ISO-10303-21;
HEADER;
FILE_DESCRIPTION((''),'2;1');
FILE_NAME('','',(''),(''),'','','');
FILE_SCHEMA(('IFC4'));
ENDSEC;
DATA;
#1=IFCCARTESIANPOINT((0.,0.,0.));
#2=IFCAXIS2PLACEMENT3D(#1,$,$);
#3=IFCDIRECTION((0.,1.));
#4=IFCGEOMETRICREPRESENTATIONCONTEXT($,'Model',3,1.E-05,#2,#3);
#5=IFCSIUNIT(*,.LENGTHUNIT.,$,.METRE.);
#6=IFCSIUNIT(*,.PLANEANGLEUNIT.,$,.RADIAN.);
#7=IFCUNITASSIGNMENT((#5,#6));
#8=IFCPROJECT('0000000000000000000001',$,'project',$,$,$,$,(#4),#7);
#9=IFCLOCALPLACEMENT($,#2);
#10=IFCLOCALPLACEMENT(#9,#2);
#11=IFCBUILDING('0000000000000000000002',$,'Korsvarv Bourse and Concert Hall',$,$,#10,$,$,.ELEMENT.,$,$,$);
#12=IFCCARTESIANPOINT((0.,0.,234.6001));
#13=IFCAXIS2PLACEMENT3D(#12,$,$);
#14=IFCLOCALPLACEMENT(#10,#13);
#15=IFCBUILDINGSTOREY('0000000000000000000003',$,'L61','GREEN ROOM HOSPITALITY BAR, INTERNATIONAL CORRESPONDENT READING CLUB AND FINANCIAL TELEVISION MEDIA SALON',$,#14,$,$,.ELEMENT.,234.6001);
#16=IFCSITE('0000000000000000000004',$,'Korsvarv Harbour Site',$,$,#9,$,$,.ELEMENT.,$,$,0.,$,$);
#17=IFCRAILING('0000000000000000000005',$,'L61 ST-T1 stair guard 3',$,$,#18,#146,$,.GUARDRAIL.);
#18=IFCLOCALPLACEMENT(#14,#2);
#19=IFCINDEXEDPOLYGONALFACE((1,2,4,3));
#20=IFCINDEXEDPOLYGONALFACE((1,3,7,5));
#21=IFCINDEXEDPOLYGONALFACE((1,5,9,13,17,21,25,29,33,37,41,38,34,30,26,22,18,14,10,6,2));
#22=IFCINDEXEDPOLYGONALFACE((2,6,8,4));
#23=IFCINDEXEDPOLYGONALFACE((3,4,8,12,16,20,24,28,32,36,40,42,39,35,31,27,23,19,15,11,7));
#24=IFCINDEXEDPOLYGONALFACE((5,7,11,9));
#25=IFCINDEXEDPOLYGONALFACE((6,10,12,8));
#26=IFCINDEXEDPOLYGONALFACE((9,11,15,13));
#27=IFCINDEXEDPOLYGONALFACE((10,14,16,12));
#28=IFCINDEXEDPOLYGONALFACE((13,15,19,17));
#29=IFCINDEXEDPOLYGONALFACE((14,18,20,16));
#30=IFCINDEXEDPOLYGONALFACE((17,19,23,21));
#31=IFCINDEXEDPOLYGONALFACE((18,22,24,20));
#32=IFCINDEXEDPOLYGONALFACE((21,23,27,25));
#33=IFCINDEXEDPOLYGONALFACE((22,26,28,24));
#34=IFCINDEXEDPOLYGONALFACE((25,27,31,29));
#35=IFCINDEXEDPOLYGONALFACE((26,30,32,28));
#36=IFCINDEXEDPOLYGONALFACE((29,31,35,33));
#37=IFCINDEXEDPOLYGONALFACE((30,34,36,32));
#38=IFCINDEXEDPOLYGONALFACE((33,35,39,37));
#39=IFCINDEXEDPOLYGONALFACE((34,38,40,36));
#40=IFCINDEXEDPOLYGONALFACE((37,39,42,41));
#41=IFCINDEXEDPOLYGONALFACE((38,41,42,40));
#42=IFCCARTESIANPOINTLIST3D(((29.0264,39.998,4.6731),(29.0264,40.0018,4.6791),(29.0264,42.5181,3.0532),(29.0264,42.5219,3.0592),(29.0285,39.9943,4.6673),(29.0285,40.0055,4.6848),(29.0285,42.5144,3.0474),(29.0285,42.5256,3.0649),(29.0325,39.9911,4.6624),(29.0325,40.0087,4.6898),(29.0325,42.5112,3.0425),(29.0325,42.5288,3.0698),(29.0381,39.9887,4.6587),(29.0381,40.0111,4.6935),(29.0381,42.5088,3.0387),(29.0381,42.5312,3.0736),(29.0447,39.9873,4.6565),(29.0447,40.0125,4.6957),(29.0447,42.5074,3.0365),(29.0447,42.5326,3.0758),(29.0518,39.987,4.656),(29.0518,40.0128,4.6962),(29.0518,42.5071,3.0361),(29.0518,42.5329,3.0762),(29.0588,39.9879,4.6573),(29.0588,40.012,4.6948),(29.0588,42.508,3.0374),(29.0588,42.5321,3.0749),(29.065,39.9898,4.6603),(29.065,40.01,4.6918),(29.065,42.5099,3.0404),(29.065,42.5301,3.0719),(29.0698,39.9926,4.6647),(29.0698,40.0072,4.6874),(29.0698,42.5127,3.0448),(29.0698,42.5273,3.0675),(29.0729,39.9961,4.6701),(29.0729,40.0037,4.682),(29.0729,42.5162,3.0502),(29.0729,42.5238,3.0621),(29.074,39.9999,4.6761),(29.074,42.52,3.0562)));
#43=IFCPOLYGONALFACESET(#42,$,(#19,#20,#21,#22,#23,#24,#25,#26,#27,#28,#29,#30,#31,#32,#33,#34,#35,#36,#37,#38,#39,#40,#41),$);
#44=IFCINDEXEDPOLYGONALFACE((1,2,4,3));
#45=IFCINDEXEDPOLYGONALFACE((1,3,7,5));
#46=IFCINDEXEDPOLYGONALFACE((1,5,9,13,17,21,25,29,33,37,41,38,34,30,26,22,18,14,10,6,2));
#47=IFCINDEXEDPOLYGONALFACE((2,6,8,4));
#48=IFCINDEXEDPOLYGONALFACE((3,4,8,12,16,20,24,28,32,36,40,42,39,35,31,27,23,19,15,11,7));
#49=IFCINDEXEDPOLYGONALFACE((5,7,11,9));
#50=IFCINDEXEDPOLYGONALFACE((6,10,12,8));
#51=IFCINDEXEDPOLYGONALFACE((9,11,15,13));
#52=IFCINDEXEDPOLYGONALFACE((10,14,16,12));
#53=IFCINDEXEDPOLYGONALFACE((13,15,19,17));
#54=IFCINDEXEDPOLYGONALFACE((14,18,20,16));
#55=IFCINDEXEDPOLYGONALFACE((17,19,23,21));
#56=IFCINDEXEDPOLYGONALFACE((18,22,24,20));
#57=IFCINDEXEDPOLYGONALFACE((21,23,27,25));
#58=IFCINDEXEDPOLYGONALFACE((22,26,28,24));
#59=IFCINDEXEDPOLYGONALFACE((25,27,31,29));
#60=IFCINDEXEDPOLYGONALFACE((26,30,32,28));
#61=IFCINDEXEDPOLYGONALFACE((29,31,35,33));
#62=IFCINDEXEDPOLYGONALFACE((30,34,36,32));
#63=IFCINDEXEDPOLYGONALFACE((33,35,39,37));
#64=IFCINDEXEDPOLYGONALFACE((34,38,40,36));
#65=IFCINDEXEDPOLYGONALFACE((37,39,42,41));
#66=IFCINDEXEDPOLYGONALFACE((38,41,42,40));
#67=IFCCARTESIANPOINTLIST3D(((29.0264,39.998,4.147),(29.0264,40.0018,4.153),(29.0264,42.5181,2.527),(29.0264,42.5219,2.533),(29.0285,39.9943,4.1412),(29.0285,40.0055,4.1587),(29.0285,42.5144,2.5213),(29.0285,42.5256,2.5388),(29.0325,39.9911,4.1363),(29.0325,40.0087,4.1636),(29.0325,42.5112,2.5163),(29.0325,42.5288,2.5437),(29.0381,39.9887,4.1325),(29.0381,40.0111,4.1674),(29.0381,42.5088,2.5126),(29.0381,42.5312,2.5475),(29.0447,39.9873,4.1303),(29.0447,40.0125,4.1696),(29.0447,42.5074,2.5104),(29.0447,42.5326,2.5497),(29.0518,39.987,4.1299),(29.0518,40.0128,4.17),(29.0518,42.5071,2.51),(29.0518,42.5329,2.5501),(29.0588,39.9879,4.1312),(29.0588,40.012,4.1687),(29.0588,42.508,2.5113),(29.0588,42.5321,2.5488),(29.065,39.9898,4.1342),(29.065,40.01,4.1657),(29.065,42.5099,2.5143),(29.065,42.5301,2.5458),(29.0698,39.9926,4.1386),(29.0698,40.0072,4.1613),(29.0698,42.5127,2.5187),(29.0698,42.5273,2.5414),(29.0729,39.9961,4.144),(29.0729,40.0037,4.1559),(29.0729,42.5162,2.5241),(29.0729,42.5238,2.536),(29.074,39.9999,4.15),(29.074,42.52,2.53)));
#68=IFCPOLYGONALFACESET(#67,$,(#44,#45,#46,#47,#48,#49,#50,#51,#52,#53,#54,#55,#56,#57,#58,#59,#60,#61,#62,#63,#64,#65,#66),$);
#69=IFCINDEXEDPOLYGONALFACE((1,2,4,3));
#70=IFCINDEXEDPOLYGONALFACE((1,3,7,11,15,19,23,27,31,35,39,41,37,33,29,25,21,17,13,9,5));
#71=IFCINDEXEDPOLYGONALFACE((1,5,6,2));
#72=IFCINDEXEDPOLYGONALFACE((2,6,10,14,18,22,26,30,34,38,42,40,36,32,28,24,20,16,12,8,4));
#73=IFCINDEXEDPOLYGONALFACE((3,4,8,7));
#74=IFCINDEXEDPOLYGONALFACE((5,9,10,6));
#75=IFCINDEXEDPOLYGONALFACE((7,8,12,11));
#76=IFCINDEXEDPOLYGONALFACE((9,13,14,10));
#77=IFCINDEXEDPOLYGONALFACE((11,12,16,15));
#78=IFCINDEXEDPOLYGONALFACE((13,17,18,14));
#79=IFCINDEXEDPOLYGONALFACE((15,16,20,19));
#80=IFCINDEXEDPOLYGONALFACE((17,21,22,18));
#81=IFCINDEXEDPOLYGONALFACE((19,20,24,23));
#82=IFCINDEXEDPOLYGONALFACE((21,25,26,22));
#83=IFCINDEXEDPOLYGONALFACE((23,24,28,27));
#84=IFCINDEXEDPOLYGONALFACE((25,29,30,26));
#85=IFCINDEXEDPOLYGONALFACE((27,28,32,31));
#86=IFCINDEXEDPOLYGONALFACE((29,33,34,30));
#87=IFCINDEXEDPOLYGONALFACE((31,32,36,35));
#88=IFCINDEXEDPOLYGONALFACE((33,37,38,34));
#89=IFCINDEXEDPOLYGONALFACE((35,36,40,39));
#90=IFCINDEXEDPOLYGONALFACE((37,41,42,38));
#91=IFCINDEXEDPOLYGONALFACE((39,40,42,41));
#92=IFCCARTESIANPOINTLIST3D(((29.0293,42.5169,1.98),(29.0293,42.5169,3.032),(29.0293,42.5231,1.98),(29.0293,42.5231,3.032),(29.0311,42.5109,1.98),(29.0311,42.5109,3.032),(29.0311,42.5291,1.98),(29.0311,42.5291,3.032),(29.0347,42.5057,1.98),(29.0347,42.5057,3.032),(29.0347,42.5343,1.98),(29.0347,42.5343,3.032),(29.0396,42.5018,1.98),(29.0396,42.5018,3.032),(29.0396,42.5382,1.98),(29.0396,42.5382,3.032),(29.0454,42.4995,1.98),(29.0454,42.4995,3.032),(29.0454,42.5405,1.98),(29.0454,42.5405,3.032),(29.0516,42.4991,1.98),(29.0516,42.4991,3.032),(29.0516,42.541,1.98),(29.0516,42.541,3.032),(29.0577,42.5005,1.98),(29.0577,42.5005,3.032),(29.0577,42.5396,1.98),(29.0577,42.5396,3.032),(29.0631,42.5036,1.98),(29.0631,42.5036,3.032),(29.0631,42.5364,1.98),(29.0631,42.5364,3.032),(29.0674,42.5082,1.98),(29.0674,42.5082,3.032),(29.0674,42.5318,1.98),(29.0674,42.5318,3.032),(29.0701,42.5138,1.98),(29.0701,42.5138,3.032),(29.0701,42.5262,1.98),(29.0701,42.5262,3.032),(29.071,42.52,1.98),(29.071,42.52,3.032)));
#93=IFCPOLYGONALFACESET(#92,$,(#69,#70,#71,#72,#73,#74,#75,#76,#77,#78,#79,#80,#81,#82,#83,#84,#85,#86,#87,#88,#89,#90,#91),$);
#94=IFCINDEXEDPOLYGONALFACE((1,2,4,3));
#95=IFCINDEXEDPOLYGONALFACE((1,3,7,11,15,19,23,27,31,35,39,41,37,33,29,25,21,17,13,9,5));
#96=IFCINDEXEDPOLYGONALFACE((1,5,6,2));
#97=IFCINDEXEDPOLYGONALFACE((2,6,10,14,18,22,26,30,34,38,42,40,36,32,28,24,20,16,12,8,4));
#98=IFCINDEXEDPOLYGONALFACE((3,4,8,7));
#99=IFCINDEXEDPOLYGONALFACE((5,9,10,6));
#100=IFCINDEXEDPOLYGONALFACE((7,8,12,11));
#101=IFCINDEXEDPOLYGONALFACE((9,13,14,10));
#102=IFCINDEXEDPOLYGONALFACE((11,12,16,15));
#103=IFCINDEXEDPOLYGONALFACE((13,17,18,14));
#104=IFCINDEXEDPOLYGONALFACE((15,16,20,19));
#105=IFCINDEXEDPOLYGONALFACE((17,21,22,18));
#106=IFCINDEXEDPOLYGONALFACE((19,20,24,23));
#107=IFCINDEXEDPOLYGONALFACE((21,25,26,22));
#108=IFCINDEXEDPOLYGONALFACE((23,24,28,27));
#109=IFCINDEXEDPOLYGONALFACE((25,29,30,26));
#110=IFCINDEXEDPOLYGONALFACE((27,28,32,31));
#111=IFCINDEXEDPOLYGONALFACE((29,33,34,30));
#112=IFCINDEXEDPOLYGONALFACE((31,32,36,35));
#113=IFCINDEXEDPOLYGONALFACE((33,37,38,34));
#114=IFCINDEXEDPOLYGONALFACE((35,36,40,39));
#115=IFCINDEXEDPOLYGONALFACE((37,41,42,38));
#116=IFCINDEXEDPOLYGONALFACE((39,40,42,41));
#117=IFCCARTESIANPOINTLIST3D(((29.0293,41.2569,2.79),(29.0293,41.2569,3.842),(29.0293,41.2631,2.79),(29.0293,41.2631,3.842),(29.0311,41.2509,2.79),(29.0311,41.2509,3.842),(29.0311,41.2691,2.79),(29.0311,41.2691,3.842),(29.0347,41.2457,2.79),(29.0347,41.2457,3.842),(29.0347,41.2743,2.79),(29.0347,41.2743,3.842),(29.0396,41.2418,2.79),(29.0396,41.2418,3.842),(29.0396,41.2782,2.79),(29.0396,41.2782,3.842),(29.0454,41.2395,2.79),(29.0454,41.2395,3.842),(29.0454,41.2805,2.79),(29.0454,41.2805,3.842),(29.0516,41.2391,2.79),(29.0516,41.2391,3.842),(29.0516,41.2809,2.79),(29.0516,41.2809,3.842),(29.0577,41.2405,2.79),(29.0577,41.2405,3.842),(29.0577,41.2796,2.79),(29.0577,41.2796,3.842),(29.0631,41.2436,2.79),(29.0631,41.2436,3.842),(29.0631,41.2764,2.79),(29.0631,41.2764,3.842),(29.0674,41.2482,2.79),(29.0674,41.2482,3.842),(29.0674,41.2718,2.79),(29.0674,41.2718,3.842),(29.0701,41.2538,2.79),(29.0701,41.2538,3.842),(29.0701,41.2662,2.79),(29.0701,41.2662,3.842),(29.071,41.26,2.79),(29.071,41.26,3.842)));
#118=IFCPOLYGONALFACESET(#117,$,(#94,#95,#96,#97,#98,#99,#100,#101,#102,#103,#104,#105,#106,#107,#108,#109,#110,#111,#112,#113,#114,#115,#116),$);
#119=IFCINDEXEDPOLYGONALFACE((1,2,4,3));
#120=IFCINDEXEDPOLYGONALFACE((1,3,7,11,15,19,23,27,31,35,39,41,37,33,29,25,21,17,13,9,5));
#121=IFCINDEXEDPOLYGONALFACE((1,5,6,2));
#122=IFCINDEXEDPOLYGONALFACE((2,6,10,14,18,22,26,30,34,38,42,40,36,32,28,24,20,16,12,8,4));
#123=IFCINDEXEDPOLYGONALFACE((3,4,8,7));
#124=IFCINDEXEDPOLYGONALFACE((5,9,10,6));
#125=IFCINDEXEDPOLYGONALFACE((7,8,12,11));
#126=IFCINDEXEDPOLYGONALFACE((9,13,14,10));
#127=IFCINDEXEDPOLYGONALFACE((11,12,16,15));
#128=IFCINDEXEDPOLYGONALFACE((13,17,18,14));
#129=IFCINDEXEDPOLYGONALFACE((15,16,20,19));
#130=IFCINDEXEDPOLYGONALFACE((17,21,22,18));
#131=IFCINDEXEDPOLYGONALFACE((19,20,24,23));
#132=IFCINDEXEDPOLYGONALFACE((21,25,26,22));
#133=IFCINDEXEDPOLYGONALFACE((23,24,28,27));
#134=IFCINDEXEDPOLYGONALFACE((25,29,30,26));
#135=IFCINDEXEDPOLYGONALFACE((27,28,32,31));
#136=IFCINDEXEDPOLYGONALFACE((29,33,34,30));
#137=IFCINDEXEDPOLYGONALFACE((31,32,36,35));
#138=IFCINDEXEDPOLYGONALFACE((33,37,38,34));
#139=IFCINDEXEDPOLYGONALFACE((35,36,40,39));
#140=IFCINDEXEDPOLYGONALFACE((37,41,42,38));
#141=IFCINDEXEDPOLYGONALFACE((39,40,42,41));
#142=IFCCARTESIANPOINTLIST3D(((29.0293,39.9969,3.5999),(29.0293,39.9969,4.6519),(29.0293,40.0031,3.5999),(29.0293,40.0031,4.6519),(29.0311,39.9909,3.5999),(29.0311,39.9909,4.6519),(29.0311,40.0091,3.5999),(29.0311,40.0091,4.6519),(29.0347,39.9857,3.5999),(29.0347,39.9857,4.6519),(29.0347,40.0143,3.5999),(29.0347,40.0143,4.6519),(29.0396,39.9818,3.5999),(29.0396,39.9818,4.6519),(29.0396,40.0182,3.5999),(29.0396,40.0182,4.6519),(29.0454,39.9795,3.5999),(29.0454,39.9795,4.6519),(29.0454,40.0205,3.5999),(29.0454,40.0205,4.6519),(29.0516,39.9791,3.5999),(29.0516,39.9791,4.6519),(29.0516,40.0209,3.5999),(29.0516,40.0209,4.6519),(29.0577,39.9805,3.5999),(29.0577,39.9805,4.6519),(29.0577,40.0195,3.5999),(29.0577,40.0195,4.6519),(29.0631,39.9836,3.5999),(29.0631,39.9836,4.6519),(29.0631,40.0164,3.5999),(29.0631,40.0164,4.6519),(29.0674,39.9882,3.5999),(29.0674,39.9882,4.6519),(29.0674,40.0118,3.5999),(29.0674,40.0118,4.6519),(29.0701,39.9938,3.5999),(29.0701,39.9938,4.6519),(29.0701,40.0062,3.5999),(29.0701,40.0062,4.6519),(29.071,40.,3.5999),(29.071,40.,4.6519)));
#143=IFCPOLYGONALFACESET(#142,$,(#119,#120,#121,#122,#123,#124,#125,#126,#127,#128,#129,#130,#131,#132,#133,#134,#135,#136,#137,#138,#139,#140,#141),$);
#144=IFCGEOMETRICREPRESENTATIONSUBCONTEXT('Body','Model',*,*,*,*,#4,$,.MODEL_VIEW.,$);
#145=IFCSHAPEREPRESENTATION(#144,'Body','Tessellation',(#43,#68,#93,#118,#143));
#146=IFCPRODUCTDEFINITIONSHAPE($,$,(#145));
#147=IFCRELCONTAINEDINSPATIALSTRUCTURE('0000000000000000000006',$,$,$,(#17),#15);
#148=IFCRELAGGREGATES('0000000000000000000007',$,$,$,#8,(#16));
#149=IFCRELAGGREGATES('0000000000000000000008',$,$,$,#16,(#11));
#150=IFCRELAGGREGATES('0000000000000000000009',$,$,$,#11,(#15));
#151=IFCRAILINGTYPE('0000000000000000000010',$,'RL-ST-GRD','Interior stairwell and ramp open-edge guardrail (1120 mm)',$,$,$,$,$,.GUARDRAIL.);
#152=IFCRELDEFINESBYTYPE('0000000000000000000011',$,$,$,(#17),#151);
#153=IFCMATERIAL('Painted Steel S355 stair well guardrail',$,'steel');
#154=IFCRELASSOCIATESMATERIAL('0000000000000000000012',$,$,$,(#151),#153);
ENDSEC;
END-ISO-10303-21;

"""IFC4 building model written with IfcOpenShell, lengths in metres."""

from ifc_helpers import new_model, si_unit, direction, frame, origin, origin_2d, place, context, subcontext, project, spatial, circle, extrude, material, type_object, element, save


model = new_model("IFC4")

# Units and contexts
model_context = context("Model", 3, precision=1e-05, world=origin(), true_north=direction((0.0, 1.0)))
body_context = subcontext(model_context, "Body", "Model", "MODEL_VIEW")
ifc_project = project(units=[si_unit("LENGTHUNIT", "METRE"), si_unit("PLANEANGLEUNIT", "RADIAN")], contexts=[model_context])

# Site, building, storey
site_placement = place(None, origin())
site = spatial("IfcSite", under=ifc_project, at=site_placement, Name="Korsvarv Harbour Site", CompositionType="ELEMENT", RefElevation=0.0)
building_placement = place(site_placement, origin())
building = spatial("IfcBuilding", under=site, at=building_placement, Name="Korsvarv Bourse and Concert Hall", CompositionType="ELEMENT")
storey_placement = place(building_placement, frame((0.0, 0.0, 234.6001)))
storey = spatial("IfcBuildingStorey", under=building, at=storey_placement, Name="L61", Description="GREEN ROOM HOSPITALITY BAR, INTERNATIONAL CORRESPONDENT READING CLUB AND FINANCIAL TELEVISION MEDIA SALON", CompositionType="ELEMENT", Elevation=234.6001)

# Railing
ifc_material_1 = material(Name="Painted Steel S355 stair well guardrail", Category="steel")
railing_type_1 = type_object("IfcRailingType", Name="RL-ST-GRD", Description="Interior stairwell and ramp open-edge guardrail (1120 mm)", PredefinedType="GUARDRAIL", material=ifc_material_1)
railing_1_placement = place(storey_placement, frame((29.05, 42.52, 1.98)))
element("IfcRailing", 1, at=railing_1_placement, inside=storey, type_object=railing_type_1, Name="L61 ST-T1 stair guard 3", PredefinedType="GUARDRAIL", context=body_context, shape_type="SweptSolid", body=[
    extrude(circle(Radius=0.0239, at=origin_2d()), frame((0.0, 0.0, 1.0762), z_axis=(0.0, -0.8412, 0.540725), x_axis=(1.0, 0.0, 0.0)), (0.0, 0.0, 1.0), 2.9958),
    extrude(circle(Radius=0.0239, at=origin_2d()), frame((0.0, 0.0, 0.55), z_axis=(0.0, -0.8412, 0.540725), x_axis=(1.0, 0.0, 0.0)), (0.0, 0.0, 1.0), 2.9958),
    extrude(circle(Radius=0.021, at=origin_2d()), origin(), (0.0, 0.0, 1.0), 1.052),
    extrude(circle(Radius=0.021, at=origin_2d()), frame((0.0, -1.26, 0.8101)), (0.0, 0.0, 1.0), 1.052),
    extrude(circle(Radius=0.021, at=origin_2d()), frame((0.0, -2.52, 1.6199)), (0.0, 0.0, 1.0), 1.052),
])

save(model, "model.ifc")
